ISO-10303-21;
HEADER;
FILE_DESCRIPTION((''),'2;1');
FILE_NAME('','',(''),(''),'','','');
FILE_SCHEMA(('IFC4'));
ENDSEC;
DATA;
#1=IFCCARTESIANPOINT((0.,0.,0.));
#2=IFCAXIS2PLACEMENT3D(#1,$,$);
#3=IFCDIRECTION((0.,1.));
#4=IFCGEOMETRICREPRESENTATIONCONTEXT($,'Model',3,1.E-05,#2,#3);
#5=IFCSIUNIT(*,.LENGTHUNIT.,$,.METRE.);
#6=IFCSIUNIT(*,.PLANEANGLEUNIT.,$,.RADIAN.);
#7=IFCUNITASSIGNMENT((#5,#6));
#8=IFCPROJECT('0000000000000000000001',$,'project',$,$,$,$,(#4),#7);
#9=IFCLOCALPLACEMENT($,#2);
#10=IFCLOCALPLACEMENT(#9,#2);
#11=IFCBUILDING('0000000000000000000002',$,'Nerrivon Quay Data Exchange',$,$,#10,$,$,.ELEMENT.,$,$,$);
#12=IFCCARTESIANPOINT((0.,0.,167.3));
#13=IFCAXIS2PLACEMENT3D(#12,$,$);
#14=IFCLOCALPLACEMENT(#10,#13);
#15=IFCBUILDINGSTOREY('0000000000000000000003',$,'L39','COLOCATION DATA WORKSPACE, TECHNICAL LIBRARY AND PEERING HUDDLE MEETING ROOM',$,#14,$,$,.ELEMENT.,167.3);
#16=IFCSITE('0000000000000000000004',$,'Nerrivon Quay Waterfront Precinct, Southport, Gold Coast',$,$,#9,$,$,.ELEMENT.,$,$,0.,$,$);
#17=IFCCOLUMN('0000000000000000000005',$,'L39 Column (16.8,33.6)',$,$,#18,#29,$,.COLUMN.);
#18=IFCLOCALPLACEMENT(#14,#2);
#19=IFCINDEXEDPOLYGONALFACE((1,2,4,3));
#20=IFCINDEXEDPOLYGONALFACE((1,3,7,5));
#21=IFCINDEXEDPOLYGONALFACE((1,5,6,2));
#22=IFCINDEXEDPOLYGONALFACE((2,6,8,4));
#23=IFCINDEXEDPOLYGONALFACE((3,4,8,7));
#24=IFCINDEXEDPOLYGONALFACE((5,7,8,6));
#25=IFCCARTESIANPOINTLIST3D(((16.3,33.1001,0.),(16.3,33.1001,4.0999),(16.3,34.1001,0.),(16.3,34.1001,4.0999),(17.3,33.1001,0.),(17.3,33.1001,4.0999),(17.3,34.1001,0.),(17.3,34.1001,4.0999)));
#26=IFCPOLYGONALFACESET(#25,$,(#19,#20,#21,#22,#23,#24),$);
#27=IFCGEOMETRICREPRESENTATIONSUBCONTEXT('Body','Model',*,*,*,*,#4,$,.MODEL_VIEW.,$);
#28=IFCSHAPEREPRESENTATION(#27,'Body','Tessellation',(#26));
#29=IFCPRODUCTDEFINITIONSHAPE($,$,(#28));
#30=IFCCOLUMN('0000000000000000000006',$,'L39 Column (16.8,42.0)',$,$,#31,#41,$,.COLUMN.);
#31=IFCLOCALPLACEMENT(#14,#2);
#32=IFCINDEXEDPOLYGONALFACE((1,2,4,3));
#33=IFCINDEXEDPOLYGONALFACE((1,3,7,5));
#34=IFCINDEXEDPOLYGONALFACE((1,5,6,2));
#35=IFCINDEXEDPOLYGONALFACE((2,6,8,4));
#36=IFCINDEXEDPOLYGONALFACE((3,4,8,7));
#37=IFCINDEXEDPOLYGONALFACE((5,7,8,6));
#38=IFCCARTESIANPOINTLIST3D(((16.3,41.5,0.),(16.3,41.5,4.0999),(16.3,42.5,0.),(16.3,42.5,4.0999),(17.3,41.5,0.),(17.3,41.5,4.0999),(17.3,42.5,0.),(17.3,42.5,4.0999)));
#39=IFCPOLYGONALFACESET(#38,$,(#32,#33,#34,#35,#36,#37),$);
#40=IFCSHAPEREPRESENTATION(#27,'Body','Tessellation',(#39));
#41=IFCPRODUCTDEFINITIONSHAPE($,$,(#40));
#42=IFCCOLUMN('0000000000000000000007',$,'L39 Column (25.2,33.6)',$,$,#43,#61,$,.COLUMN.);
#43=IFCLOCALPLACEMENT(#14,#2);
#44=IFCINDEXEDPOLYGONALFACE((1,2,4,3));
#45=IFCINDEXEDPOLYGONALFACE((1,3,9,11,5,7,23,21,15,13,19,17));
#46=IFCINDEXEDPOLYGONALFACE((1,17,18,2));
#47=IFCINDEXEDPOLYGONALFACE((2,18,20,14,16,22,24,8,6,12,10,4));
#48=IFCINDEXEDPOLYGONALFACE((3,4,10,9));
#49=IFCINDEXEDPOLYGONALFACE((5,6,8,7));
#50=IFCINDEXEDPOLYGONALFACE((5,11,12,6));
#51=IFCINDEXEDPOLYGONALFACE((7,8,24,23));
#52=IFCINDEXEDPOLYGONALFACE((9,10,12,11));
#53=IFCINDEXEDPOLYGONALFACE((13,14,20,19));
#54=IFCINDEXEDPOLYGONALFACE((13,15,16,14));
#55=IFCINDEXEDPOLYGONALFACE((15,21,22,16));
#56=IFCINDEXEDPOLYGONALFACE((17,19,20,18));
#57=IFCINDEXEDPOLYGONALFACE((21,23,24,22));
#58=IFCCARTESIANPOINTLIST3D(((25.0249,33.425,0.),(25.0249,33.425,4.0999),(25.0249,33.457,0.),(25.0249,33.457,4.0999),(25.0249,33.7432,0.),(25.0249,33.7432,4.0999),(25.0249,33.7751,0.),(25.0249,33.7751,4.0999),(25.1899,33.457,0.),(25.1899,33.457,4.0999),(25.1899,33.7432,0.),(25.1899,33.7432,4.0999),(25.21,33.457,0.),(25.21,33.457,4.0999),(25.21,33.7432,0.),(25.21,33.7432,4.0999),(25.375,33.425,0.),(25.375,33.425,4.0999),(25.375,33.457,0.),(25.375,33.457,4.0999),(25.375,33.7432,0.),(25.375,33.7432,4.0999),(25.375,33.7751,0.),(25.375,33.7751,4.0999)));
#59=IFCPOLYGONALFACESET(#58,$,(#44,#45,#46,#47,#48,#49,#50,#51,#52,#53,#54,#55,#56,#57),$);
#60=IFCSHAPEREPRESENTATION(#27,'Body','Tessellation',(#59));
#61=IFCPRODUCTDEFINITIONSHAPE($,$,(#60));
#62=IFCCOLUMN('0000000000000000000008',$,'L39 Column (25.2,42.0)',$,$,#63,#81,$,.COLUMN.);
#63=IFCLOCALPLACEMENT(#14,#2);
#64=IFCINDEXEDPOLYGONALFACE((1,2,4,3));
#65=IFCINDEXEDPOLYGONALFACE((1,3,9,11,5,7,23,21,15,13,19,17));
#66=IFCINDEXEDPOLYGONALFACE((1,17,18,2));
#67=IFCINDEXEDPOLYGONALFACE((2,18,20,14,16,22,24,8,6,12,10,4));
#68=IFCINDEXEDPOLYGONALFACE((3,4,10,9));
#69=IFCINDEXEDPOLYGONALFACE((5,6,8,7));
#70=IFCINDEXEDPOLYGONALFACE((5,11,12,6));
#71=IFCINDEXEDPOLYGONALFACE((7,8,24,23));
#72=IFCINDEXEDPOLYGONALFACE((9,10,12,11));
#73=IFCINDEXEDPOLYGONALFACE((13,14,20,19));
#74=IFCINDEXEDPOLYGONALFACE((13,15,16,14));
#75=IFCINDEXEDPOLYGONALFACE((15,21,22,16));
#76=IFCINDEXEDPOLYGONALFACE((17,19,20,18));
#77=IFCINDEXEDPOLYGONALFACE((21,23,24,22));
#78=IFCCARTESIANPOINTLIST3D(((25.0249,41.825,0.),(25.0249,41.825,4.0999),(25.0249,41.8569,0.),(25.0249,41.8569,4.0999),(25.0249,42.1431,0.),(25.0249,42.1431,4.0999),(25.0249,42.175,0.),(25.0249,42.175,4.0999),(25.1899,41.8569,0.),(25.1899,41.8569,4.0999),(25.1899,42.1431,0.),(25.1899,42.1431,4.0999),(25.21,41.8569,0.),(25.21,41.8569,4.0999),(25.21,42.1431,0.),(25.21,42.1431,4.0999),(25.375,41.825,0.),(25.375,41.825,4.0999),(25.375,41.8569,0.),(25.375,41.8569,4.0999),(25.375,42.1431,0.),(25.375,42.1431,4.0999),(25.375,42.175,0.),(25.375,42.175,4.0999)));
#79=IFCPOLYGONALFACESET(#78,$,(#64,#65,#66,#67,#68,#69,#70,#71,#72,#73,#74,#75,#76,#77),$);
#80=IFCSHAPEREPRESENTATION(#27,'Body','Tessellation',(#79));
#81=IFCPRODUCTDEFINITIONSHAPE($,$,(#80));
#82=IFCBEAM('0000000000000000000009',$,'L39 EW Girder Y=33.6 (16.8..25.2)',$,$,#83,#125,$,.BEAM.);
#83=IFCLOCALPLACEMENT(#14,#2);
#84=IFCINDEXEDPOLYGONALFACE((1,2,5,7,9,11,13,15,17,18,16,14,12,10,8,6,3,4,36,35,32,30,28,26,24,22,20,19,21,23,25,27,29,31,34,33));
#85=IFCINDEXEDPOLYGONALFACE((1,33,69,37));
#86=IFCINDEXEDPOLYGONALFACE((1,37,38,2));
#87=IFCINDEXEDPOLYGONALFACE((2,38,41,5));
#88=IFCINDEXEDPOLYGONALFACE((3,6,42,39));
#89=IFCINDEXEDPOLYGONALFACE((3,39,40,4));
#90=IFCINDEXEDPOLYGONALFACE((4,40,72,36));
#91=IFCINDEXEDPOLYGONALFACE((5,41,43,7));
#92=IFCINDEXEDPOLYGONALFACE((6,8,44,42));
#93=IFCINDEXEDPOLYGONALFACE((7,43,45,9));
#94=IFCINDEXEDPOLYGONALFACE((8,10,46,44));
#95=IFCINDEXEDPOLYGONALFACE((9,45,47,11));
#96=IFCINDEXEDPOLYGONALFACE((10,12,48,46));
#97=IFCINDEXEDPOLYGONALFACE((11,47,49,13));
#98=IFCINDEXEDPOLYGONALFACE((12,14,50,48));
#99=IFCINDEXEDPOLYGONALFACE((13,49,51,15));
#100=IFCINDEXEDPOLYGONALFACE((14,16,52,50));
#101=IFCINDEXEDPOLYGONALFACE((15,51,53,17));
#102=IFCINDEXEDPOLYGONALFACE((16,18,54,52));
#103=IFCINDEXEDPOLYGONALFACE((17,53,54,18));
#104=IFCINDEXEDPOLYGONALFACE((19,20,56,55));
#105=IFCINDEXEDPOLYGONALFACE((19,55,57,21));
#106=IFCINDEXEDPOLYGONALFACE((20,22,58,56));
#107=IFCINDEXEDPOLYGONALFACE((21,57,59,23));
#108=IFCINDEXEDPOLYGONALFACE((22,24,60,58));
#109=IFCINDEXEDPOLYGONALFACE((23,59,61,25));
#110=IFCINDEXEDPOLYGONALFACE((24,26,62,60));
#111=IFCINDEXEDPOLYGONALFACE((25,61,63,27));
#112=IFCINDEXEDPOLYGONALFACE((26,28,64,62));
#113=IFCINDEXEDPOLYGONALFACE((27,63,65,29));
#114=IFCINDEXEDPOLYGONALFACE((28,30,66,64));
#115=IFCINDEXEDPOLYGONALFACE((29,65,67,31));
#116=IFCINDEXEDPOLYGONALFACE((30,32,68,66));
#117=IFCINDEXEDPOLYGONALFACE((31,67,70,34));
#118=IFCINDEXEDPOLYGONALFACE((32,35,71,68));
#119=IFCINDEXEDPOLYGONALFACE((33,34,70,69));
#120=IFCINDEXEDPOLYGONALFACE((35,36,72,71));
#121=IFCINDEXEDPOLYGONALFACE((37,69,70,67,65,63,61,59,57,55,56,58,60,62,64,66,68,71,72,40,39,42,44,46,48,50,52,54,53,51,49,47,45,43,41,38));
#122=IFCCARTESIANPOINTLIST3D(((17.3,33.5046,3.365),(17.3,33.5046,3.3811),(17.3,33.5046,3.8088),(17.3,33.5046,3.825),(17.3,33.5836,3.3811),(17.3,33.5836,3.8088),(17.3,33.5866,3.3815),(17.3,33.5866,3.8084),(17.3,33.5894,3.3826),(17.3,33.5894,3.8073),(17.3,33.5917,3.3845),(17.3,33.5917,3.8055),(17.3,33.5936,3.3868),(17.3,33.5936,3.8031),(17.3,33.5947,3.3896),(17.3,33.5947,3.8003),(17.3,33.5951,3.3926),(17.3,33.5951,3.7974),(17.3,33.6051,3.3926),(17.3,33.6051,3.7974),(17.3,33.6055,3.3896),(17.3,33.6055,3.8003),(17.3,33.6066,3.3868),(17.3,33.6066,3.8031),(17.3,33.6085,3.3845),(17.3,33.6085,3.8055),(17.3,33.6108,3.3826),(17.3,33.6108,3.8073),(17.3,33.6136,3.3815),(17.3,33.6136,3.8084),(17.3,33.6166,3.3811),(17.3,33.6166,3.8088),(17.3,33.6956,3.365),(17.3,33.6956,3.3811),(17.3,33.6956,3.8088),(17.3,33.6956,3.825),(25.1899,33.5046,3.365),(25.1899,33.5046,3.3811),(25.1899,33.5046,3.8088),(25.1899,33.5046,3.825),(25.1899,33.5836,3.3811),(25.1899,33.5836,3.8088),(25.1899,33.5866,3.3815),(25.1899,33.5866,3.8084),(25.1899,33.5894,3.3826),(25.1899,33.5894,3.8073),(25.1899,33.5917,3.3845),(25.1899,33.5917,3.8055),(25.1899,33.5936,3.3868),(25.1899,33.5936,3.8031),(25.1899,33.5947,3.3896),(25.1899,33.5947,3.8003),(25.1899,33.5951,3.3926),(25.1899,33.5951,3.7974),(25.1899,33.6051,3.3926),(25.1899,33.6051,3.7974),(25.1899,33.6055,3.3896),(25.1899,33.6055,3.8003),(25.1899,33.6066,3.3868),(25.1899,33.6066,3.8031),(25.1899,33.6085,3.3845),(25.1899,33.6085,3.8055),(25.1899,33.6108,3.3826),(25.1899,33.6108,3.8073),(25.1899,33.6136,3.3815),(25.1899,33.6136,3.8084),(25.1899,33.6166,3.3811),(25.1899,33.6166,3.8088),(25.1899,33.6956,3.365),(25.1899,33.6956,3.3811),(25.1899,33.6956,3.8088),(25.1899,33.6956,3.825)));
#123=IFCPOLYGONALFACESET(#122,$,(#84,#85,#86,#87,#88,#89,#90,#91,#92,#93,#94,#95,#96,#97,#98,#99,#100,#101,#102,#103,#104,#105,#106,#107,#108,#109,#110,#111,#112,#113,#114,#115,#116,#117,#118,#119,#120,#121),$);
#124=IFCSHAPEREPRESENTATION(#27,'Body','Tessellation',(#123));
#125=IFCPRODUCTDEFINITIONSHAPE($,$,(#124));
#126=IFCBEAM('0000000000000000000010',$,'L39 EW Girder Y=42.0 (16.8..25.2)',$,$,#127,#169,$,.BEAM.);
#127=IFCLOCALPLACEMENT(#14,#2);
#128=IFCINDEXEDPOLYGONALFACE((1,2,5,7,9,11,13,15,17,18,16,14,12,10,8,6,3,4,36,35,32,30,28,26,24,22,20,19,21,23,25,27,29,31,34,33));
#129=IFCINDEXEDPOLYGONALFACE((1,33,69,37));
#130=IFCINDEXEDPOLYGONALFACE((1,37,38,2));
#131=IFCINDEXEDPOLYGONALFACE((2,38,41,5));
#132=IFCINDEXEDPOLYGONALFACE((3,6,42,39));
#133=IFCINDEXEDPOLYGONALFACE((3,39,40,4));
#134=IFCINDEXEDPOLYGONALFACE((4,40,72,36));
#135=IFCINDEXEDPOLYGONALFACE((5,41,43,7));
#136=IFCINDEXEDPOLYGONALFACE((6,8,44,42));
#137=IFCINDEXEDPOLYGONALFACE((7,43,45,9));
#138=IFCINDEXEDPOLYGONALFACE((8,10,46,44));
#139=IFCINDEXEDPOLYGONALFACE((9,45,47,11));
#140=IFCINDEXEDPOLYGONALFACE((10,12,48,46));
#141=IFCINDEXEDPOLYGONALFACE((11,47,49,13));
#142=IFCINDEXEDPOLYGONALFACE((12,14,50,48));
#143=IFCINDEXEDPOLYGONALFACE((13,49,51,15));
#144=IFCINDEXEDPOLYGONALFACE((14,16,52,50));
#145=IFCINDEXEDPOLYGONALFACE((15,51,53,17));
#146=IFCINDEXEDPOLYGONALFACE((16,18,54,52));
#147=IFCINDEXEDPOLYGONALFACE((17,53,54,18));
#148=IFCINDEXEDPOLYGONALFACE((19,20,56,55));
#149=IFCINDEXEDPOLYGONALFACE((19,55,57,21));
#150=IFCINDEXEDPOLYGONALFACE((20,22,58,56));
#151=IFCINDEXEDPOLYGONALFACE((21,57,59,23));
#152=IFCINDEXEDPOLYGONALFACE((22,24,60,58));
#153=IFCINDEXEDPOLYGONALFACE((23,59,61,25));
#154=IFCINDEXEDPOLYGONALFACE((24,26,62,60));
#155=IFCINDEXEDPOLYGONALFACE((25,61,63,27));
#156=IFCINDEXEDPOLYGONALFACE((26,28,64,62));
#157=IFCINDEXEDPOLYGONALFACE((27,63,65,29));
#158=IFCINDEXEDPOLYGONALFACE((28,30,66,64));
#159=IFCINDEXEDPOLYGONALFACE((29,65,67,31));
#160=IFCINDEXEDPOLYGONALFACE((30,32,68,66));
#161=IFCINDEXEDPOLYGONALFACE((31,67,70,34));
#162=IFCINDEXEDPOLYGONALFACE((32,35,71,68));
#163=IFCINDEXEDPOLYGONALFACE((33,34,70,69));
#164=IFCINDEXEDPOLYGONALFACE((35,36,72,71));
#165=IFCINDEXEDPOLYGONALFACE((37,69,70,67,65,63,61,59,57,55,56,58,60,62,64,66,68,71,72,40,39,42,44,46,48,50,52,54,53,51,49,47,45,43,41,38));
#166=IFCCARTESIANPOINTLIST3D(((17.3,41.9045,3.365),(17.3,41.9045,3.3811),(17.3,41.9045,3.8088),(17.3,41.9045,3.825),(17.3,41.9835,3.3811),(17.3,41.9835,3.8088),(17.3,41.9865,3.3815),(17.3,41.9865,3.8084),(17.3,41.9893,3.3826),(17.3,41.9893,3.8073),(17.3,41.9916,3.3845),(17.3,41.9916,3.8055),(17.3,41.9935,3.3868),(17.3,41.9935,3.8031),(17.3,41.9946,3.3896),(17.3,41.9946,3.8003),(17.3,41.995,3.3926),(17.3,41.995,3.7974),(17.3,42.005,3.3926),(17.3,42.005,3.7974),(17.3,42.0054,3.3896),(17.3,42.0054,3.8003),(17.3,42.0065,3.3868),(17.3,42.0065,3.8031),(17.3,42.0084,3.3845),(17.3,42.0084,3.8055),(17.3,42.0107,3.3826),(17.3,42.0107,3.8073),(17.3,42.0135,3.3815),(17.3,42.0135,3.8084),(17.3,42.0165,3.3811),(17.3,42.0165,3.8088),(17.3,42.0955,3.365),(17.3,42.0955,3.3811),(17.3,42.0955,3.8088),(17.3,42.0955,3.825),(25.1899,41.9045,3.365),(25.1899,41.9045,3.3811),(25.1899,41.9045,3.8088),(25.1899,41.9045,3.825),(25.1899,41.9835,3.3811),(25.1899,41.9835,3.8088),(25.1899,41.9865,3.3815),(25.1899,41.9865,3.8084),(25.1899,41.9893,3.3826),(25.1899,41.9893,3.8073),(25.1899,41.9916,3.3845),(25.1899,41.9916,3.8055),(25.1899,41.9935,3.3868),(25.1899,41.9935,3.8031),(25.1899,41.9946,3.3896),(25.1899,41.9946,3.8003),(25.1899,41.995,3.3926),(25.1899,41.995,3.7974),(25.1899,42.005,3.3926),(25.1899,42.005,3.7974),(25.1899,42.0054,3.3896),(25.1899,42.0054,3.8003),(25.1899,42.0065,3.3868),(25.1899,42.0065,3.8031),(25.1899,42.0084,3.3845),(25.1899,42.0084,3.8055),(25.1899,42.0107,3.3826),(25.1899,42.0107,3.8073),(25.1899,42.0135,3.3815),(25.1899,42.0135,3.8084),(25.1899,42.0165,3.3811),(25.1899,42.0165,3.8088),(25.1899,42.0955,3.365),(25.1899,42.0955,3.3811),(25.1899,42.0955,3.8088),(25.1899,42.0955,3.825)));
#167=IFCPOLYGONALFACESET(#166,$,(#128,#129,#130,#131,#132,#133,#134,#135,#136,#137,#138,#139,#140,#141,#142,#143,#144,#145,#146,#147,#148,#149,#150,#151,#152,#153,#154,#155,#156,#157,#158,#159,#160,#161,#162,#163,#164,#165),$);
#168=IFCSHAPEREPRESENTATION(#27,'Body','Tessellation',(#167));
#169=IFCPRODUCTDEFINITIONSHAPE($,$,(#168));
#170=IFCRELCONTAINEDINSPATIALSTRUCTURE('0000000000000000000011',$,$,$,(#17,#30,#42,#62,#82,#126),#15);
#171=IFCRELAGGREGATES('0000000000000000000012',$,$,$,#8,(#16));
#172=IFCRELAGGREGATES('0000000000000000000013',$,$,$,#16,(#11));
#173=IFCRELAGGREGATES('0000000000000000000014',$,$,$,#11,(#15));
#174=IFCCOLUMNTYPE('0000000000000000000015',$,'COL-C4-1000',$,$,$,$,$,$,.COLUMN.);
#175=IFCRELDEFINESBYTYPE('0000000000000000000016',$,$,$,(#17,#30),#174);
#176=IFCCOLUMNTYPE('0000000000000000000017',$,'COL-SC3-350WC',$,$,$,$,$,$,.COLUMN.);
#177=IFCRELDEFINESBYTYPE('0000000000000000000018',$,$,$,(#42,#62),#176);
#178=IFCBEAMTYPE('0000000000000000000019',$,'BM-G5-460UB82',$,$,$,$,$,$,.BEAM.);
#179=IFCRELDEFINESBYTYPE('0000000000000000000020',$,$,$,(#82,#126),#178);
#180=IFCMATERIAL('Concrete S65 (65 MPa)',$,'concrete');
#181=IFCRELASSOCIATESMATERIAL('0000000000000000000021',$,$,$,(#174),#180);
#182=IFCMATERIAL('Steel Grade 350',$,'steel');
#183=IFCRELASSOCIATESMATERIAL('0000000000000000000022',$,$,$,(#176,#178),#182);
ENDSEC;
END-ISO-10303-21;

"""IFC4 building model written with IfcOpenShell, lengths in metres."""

from ifc_helpers import new_model, si_unit, direction, frame, origin, origin_2d, place, context, subcontext, project, spatial, rectangle, i_section, extrude, material, material_profile, profile_set, type_object, element, save


model = new_model("IFC4")

# Units and contexts
model_context = context("Model", 3, precision=1e-05, world=origin(), true_north=direction((0.0, 1.0)))
body_context = subcontext(model_context, "Body", "Model", "MODEL_VIEW")
ifc_project = project(units=[si_unit("LENGTHUNIT", "METRE"), si_unit("PLANEANGLEUNIT", "RADIAN")], contexts=[model_context])

# Site, building, storey
site_placement = place(None, origin())
site = spatial("IfcSite", under=ifc_project, at=site_placement, Name="Nerrivon Quay Waterfront Precinct, Southport, Gold Coast", CompositionType="ELEMENT", RefElevation=0.0)
building_placement = place(site_placement, origin())
building = spatial("IfcBuilding", under=site, at=building_placement, Name="Nerrivon Quay Data Exchange", CompositionType="ELEMENT")
storey_placement = place(building_placement, frame((0.0, 0.0, 167.3)))
storey = spatial("IfcBuildingStorey", under=building, at=storey_placement, Name="L39", Description="COLOCATION DATA WORKSPACE, TECHNICAL LIBRARY AND PEERING HUDDLE MEETING ROOM", CompositionType="ELEMENT", Elevation=167.3)

# Columns
ifc_material_1 = material(Name="Concrete S65 (65 MPa)", Category="concrete")
ifc_material_profile_1 = material_profile(ifc_material_1, rectangle(XDim=1.0, YDim=1.0, at=origin_2d()), Name="RC-COL-1000x1000")
ifc_profile_set_1 = profile_set([ifc_material_profile_1], Name="Concrete S65 (65 MPa)")
column_type_1 = type_object("IfcColumnType", Name="COL-C4-1000", PredefinedType="COLUMN", material=ifc_profile_set_1)
for number, where, z_axis, x_axis, name in (
    (1, (16.8, 33.6001, 0.0), (0.0, 0.0, 1.0), (1.0, 0.0, 0.0), "L39 Column (16.8,33.6)"),
    (2, (16.8, 42.0, 0.0), (0.0, 0.0, 1.0), (1.0, 0.0, 0.0), "L39 Column (16.8,42.0)"),
):
    element("IfcColumn", number, at=place(storey_placement, frame(where, z_axis=z_axis, x_axis=x_axis)), inside=storey, type_object=column_type_1, Name=name, PredefinedType="COLUMN", context=body_context, shape_type="SweptSolid", body=[
        extrude(rectangle(XDim=1.0, YDim=1.0, at=origin_2d()), origin(), (0.0, 0.0, 1.0), 4.0999),
    ])
ifc_material_2 = material(Name="Steel Grade 350", Category="steel")
ifc_material_profile_2 = material_profile(ifc_material_2, i_section(OverallWidth=0.3501, OverallDepth=0.3501, WebThickness=0.02, FlangeThickness=0.032, at=origin_2d()), Name="350WC230")
ifc_profile_set_2 = profile_set([ifc_material_profile_2], Name="Steel Grade 350")
column_type_2 = type_object("IfcColumnType", Name="COL-SC3-350WC", PredefinedType="COLUMN", material=ifc_profile_set_2)
for number, where, z_axis, x_axis, name in (
    (3, (25.2, 33.6001, 0.0), (0.0, 0.0, 1.0), (1.0, 0.0, 0.0), "L39 Column (25.2,33.6)"),
    (4, (25.2, 42.0, 0.0), (0.0, 0.0, 1.0), (1.0, 0.0, 0.0), "L39 Column (25.2,42.0)"),
):
    element("IfcColumn", number, at=place(storey_placement, frame(where, z_axis=z_axis, x_axis=x_axis)), inside=storey, type_object=column_type_2, Name=name, PredefinedType="COLUMN", context=body_context, shape_type="SweptSolid", body=[
        extrude(i_section(OverallWidth=0.3501, OverallDepth=0.3501, WebThickness=0.02, FlangeThickness=0.032, at=origin_2d()), origin(), (0.0, 0.0, 1.0), 4.0999),
    ])

# Beams
ifc_material_profile_3 = material_profile(ifc_material_2, i_section(OverallWidth=0.1909, OverallDepth=0.46, WebThickness=0.01, FlangeThickness=0.0161, FilletRadius=0.0115, at=origin_2d()), Name="460UB82.1")
ifc_profile_set_3 = profile_set([ifc_material_profile_3], Name="Steel Grade 350")
beam_type_1 = type_object("IfcBeamType", Name="BM-G5-460UB82", PredefinedType="BEAM", material=ifc_profile_set_3)
for number, where, z_axis, x_axis, name in (
    (5, (17.3, 33.6001, 3.595), (1.0, 0.0, 0.0), (0.0, 1.0, 0.0), "L39 EW Girder Y=33.6 (16.8..25.2)"),
    (6, (17.3, 42.0, 3.595), (1.0, 0.0, 0.0), (0.0, 1.0, 0.0), "L39 EW Girder Y=42.0 (16.8..25.2)"),
):
    element("IfcBeam", number, at=place(storey_placement, frame(where, z_axis=z_axis, x_axis=x_axis)), inside=storey, type_object=beam_type_1, Name=name, PredefinedType="BEAM", context=body_context, shape_type="SweptSolid", body=[
        extrude(i_section(OverallWidth=0.1909, OverallDepth=0.46, WebThickness=0.01, FlangeThickness=0.0161, FilletRadius=0.0115, at=origin_2d()), origin(), (0.0, 0.0, 1.0), 7.8899),
    ])

save(model, "model.ifc")
